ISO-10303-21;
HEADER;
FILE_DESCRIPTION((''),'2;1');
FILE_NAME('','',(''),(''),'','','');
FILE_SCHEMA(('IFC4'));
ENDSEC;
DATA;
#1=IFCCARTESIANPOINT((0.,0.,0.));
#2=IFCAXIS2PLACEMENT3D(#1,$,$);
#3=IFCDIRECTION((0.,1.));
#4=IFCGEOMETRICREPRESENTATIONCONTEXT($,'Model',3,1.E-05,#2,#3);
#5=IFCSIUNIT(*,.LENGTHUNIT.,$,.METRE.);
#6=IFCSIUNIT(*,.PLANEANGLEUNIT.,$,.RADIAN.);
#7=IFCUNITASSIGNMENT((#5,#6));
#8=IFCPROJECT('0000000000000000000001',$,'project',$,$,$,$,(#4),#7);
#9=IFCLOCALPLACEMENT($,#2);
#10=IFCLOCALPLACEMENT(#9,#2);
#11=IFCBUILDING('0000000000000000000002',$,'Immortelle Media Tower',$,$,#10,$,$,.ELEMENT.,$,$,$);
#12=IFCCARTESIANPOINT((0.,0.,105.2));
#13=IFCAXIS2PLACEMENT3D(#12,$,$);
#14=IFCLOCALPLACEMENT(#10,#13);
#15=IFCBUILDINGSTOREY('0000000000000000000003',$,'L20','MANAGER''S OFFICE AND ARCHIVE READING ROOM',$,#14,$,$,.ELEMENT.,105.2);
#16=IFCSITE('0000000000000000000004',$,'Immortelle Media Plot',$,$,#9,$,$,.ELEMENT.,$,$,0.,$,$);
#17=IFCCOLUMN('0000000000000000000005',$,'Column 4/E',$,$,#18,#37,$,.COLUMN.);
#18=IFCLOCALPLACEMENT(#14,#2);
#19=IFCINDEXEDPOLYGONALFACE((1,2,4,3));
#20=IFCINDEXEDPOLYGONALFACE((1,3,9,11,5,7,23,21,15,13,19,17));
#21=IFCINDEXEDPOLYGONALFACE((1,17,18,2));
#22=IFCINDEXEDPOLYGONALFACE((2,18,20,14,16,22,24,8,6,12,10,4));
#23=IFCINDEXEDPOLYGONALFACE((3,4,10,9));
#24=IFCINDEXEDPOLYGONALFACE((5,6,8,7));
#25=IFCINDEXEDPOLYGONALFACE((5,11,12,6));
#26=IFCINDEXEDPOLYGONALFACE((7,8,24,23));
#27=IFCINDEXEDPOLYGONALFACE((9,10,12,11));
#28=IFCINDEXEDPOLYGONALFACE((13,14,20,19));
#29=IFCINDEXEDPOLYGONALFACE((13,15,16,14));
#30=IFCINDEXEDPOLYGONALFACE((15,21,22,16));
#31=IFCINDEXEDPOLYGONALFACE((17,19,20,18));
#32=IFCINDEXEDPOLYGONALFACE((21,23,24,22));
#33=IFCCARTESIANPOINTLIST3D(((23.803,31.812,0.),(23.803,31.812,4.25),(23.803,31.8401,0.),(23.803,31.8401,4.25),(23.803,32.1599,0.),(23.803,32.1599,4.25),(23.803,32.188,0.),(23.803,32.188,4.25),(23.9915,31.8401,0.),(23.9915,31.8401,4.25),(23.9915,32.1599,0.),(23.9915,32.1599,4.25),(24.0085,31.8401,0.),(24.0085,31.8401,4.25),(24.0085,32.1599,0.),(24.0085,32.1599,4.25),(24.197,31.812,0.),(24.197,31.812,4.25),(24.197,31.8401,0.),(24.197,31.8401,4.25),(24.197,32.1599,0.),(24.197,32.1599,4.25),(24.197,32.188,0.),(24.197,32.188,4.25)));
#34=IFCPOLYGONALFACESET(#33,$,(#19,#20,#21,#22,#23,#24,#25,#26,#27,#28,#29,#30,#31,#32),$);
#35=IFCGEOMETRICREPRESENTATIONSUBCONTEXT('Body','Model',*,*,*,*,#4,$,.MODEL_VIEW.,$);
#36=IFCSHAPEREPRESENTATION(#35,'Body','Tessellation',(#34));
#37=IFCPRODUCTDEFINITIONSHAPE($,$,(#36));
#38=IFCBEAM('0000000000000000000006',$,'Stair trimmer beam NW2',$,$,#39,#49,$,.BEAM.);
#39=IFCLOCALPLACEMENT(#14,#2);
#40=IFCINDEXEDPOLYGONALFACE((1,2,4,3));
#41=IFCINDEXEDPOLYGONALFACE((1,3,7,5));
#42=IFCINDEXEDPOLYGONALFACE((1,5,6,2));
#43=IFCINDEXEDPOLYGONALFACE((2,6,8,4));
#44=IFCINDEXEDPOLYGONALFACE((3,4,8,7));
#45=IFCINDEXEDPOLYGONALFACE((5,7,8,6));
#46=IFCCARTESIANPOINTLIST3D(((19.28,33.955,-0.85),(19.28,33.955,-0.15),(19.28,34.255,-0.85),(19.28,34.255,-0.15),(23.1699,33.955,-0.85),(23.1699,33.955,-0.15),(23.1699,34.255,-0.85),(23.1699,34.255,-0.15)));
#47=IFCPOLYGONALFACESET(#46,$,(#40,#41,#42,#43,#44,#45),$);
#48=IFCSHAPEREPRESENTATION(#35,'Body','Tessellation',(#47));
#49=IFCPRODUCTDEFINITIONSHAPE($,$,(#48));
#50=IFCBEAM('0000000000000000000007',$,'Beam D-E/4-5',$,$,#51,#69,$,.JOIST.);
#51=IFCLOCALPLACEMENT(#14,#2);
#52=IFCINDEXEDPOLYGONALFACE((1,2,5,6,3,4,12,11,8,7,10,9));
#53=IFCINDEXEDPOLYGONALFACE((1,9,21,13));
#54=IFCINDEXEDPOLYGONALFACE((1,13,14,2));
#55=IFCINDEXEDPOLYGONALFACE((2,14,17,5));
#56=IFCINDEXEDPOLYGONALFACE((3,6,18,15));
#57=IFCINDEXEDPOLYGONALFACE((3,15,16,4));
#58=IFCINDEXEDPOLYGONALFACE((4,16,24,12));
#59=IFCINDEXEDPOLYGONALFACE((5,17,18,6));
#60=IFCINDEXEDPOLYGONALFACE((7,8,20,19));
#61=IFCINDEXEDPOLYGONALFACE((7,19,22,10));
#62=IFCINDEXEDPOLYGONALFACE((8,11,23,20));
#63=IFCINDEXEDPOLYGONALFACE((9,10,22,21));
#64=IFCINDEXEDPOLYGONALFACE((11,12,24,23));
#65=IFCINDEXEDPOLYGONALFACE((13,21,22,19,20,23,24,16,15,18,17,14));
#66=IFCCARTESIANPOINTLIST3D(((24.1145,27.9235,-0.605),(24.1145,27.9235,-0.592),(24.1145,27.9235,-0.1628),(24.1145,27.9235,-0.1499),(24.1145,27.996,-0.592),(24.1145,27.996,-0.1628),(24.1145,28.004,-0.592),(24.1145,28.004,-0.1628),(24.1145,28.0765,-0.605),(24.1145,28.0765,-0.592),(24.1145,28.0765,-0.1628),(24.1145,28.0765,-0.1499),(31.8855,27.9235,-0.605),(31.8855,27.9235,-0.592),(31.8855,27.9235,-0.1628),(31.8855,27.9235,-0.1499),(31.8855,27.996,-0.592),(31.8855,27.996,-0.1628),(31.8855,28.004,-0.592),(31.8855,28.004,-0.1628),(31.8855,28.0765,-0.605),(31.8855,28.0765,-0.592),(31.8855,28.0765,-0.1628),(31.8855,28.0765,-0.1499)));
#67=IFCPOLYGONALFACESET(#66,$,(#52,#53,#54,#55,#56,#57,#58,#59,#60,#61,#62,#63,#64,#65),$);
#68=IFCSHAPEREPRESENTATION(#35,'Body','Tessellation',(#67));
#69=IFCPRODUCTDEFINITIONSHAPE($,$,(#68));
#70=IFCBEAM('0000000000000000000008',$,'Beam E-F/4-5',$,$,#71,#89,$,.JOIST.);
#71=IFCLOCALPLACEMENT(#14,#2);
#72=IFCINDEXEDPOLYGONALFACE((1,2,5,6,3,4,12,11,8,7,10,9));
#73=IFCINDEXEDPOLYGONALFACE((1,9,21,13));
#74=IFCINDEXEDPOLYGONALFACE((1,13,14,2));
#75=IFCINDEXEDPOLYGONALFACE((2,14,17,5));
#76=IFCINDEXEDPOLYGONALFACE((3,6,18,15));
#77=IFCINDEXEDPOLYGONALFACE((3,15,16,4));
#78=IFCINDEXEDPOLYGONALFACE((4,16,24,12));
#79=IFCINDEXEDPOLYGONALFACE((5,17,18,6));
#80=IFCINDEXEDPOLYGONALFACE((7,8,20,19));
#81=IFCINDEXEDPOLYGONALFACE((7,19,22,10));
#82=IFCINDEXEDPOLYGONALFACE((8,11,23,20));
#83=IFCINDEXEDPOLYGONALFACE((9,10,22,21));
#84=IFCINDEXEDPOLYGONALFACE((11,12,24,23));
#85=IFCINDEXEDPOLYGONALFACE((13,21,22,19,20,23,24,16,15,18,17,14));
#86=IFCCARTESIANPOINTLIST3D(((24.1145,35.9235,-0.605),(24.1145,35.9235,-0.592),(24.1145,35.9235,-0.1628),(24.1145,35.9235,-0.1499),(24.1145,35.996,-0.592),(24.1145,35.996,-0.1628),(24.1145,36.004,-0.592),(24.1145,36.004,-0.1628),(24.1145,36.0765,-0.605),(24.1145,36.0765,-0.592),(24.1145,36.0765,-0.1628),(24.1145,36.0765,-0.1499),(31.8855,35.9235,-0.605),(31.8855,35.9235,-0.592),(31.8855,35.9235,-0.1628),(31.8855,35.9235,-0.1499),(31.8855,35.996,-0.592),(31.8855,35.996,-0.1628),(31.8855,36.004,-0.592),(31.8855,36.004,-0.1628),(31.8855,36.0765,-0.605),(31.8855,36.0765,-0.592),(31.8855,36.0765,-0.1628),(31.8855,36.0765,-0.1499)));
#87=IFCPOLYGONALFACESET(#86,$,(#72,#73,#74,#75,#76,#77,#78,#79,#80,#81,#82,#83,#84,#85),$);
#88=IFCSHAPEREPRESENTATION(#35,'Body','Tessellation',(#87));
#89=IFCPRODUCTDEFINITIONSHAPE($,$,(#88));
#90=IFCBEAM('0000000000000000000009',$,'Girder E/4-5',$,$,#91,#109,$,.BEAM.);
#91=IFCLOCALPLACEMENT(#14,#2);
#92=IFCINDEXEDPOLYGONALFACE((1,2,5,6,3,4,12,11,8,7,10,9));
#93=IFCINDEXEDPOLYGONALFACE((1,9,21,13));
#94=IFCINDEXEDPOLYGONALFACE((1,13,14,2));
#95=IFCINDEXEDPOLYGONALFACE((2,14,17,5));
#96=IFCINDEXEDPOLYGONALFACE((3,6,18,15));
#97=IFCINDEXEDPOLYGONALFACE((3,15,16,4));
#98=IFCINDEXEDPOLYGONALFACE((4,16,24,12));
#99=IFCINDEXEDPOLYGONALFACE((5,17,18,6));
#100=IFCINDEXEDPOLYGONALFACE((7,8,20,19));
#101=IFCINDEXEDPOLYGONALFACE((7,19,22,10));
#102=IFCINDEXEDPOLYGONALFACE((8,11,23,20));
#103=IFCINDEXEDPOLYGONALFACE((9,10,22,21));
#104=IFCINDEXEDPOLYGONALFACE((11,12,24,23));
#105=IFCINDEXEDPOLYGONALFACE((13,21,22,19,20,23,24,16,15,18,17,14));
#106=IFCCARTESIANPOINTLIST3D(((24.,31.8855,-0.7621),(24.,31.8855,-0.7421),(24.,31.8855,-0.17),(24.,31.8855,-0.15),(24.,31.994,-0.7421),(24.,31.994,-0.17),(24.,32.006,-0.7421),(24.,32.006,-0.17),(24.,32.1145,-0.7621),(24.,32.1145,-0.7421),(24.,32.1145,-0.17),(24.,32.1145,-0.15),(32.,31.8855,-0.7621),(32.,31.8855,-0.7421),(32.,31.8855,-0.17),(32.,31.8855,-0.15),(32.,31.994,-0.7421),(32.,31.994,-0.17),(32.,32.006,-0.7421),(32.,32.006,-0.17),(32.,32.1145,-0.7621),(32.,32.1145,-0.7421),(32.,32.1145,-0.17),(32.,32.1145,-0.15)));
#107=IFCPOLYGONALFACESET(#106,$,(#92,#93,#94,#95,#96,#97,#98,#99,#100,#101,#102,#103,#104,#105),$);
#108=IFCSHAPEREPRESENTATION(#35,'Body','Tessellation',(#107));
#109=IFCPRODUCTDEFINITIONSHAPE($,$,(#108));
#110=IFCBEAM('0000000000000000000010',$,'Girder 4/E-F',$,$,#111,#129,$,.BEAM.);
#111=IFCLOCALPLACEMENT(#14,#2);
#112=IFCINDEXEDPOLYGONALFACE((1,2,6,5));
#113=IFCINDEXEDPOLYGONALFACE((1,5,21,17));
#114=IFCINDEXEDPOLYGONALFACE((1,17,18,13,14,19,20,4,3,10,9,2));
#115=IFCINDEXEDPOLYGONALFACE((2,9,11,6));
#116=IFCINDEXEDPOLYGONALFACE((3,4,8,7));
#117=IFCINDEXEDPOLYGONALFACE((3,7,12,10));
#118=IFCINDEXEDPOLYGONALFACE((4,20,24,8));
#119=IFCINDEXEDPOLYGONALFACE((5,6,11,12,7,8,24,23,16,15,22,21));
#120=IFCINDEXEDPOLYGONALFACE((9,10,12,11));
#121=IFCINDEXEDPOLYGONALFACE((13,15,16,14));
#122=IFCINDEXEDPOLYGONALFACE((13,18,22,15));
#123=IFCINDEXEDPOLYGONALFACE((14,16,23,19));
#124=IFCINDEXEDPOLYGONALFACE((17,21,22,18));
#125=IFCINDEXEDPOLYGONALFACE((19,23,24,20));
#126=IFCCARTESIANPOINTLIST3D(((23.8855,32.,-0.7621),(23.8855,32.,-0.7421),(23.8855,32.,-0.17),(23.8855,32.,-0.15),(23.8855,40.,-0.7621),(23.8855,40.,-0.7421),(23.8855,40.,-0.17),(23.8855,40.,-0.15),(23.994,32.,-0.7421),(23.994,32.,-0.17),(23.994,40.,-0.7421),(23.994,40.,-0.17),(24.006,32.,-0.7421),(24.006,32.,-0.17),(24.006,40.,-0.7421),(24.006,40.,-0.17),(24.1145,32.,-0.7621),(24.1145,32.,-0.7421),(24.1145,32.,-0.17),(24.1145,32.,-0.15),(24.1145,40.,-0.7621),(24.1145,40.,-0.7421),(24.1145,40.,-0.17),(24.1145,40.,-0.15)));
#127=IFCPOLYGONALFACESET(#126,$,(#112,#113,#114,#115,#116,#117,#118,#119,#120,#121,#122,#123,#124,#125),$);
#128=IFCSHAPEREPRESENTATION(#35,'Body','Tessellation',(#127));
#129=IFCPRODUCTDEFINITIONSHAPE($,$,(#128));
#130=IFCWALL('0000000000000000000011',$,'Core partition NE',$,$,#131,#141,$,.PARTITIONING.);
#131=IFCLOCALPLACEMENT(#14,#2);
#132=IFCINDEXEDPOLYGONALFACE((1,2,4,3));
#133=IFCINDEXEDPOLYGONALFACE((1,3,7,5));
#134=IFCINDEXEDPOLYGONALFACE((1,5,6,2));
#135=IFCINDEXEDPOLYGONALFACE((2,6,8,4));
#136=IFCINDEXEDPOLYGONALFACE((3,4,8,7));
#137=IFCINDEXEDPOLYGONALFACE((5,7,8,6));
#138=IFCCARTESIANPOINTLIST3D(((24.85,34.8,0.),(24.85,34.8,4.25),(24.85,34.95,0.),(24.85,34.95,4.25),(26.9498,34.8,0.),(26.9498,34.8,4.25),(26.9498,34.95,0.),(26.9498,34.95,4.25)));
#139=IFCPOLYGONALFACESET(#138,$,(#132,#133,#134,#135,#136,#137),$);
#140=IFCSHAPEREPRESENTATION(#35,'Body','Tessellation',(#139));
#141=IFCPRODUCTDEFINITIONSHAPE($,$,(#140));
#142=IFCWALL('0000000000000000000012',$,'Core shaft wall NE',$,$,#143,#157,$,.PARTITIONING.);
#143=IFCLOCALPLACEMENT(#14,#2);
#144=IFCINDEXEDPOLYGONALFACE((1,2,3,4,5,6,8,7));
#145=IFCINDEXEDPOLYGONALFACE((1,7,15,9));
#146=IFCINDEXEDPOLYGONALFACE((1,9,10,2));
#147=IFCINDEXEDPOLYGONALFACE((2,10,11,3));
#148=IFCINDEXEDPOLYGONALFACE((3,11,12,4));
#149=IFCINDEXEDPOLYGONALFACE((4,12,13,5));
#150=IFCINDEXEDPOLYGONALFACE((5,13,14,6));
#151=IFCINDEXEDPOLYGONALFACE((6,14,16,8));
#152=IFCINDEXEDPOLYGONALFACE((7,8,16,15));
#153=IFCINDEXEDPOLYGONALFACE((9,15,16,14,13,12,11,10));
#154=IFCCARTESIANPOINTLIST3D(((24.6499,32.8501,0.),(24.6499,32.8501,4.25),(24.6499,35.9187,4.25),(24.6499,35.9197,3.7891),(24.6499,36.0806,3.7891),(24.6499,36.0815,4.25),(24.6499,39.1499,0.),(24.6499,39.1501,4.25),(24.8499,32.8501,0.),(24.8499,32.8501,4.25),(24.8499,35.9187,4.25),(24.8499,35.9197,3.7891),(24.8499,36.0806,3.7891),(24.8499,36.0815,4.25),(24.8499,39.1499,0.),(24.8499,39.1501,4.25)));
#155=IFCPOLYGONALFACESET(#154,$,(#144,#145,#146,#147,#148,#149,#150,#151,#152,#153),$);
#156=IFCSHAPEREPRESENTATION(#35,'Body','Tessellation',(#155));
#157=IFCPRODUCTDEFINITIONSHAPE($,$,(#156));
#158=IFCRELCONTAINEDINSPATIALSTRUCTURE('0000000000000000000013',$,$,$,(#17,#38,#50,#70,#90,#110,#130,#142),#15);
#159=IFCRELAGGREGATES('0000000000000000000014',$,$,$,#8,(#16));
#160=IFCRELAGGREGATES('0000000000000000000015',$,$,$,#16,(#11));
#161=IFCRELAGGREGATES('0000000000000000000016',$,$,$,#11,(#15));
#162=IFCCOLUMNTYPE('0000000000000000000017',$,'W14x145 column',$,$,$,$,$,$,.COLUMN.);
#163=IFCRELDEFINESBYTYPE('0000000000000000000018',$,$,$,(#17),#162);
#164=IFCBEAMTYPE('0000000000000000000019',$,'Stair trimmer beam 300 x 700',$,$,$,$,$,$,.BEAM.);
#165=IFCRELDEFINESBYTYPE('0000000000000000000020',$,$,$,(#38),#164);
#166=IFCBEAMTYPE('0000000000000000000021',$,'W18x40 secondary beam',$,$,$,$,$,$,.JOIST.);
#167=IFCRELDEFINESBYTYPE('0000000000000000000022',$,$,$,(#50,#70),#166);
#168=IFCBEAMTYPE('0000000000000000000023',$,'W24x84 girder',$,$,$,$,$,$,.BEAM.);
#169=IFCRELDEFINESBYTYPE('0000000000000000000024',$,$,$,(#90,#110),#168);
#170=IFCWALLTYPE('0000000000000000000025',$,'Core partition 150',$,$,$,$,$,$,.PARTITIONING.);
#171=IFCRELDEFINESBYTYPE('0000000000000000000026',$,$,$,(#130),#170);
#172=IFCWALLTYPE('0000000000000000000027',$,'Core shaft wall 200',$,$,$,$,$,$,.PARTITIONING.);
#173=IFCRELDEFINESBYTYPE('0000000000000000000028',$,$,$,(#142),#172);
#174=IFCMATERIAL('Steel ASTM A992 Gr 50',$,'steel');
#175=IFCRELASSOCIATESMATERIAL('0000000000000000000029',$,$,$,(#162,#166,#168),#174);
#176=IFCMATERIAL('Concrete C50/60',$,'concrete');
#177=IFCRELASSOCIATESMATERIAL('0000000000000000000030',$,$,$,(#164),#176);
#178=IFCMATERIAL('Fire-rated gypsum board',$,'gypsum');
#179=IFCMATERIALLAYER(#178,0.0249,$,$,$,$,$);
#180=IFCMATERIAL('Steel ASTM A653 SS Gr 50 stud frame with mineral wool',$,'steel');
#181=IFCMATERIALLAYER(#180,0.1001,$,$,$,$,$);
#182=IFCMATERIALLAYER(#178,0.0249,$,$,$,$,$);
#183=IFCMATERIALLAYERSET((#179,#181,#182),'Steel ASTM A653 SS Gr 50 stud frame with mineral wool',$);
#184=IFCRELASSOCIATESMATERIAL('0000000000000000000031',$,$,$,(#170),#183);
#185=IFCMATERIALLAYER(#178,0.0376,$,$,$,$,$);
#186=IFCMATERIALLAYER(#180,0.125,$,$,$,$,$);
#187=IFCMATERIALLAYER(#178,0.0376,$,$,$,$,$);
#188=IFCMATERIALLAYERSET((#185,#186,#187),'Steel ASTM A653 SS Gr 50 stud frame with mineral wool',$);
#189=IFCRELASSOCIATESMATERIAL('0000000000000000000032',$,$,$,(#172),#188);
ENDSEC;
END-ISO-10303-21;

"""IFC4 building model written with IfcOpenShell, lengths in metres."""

from ifc_helpers import new_model, si_unit, direction, frame, frame_2d, origin, origin_2d, place, context, subcontext, project, spatial, polyline, rectangle, i_section, outline, extrude, material, layer, layer_set, material_profile, profile_set, type_object, element, save


model = new_model("IFC4")

# Units and contexts
model_context = context("Model", 3, precision=1e-05, world=origin(), true_north=direction((0.0, 1.0)))
body_context = subcontext(model_context, "Body", "Model", "MODEL_VIEW")
ifc_project = project(units=[si_unit("LENGTHUNIT", "METRE"), si_unit("PLANEANGLEUNIT", "RADIAN")], contexts=[model_context])

# Site, building, storey
site_placement = place(None, origin())
site = spatial("IfcSite", under=ifc_project, at=site_placement, Name="Immortelle Media Plot", CompositionType="ELEMENT", RefElevation=0.0)
building_placement = place(site_placement, origin())
building = spatial("IfcBuilding", under=site, at=building_placement, Name="Immortelle Media Tower", CompositionType="ELEMENT")
storey_placement = place(building_placement, frame((0.0, 0.0, 105.2)))
storey = spatial("IfcBuildingStorey", under=building, at=storey_placement, Name="L20", Description="MANAGER'S OFFICE AND ARCHIVE READING ROOM", CompositionType="ELEMENT", Elevation=105.2)

# Column
ifc_material_1 = material(Name="Steel ASTM A992 Gr 50", Category="steel")
ifc_material_profile_1 = material_profile(ifc_material_1, i_section(OverallWidth=0.394, OverallDepth=0.376, WebThickness=0.0171, FlangeThickness=0.0281, at=origin_2d()), Name="W14x145")
ifc_profile_set_1 = profile_set([ifc_material_profile_1], Name="Steel ASTM A992 Gr 50")
column_type = type_object("IfcColumnType", Name="W14x145 column", PredefinedType="COLUMN", material=ifc_profile_set_1)
column_placement = place(storey_placement, frame((24.0, 32.0, 0.0), z_axis=(0.0, 0.0, 1.0), x_axis=(1.0, 0.0, 0.0)))
element("IfcColumn", 1, at=column_placement, inside=storey, type_object=column_type, Name="Column 4/E", PredefinedType="COLUMN", context=body_context, shape_type="SweptSolid", body=[
    extrude(i_section(OverallWidth=0.394, OverallDepth=0.376, WebThickness=0.0171, FlangeThickness=0.0281, at=origin_2d()), origin(), (0.0, 0.0, 1.0), 4.25),
])

# Beams
ifc_material_2 = material(Name="Concrete C50/60", Category="concrete")
ifc_material_profile_2 = material_profile(ifc_material_2, rectangle(XDim=0.3, YDim=0.7, at=origin_2d()), Name="RC 300x700")
ifc_profile_set_2 = profile_set([ifc_material_profile_2], Name="Concrete C50/60")
beam_type_1 = type_object("IfcBeamType", Name="Stair trimmer beam 300 x 700", PredefinedType="BEAM", material=ifc_profile_set_2)
beam_placement = place(storey_placement, frame((19.28, 34.105, -0.5), z_axis=(1.0, 0.0, 0.0), x_axis=(0.0, 1.0, 0.0)))
element("IfcBeam", 2, at=beam_placement, inside=storey, type_object=beam_type_1, Name="Stair trimmer beam NW2", PredefinedType="BEAM", context=body_context, shape_type="SweptSolid", body=[
    extrude(rectangle(XDim=0.3, YDim=0.7, at=origin_2d()), origin(), (0.0, 0.0, 1.0), 3.8899),
])
ifc_material_profile_3 = material_profile(ifc_material_1, i_section(OverallWidth=0.1531, OverallDepth=0.4551, WebThickness=0.0081, FlangeThickness=0.0129, at=origin_2d()), Name="W18x40")
ifc_profile_set_3 = profile_set([ifc_material_profile_3], Name="Steel ASTM A992 Gr 50")
beam_type_2 = type_object("IfcBeamType", Name="W18x40 secondary beam", PredefinedType="JOIST", material=ifc_profile_set_3)
for number, where, z_axis, x_axis, name in (
    (3, (24.1145, 28.0, -0.3774), (1.0, 0.0, 0.0), (0.0, 1.0, 0.0), "Beam D-E/4-5"),
    (4, (24.1145, 36.0, -0.3774), (1.0, 0.0, 0.0), (0.0, 1.0, 0.0), "Beam E-F/4-5"),
):
    element("IfcBeam", number, at=place(storey_placement, frame(where, z_axis=z_axis, x_axis=x_axis)), inside=storey, type_object=beam_type_2, Name=name, PredefinedType="JOIST", context=body_context, shape_type="SweptSolid", body=[
        extrude(i_section(OverallWidth=0.1531, OverallDepth=0.4551, WebThickness=0.0081, FlangeThickness=0.0129, at=origin_2d()), origin(), (0.0, 0.0, 1.0), 7.771),
    ])
ifc_material_profile_4 = material_profile(ifc_material_1, i_section(OverallWidth=0.229, OverallDepth=0.6121, WebThickness=0.012, FlangeThickness=0.02, at=origin_2d()), Name="W24x84")
ifc_profile_set_4 = profile_set([ifc_material_profile_4], Name="Steel ASTM A992 Gr 50")
beam_type_3 = type_object("IfcBeamType", Name="W24x84 girder", PredefinedType="BEAM", material=ifc_profile_set_4)
for number, where, z_axis, x_axis, name in (
    (5, (24.0, 32.0, -0.4561), (1.0, 0.0, 0.0), (0.0, 1.0, 0.0), "Girder E/4-5"),
    (6, (24.0, 32.0, -0.4561), (0.0, 1.0, 0.0), (-1.0, 0.0, 0.0), "Girder 4/E-F"),
):
    element("IfcBeam", number, at=place(storey_placement, frame(where, z_axis=z_axis, x_axis=x_axis)), inside=storey, type_object=beam_type_3, Name=name, PredefinedType="BEAM", context=body_context, shape_type="SweptSolid", body=[
        extrude(i_section(OverallWidth=0.229, OverallDepth=0.6121, WebThickness=0.012, FlangeThickness=0.02, at=origin_2d()), origin(), (0.0, 0.0, 1.0), 8.0),
    ])

# Walls
ifc_material_3 = material(Name="Fire-rated gypsum board", Category="gypsum")
ifc_layer_1 = layer(ifc_material_3, 0.0249)
ifc_material_4 = material(Name="Steel ASTM A653 SS Gr 50 stud frame with mineral wool", Category="steel")
ifc_layer_2 = layer(ifc_material_4, 0.1001)
ifc_layer_3 = layer(ifc_material_3, 0.0249)
ifc_layer_set_1 = layer_set([ifc_layer_1, ifc_layer_2, ifc_layer_3], Name="Steel ASTM A653 SS Gr 50 stud frame with mineral wool")
wall_type_1 = type_object("IfcWallType", Name="Core partition 150", PredefinedType="PARTITIONING", material=ifc_layer_set_1)
wall_1_placement = place(storey_placement, frame((24.8501, 34.875, 0.0), z_axis=(0.0, 0.0, 1.0), x_axis=(1.0, 0.0, 0.0)))
element("IfcWall", 7, at=wall_1_placement, inside=storey, type_object=wall_type_1, Name="Core partition NE", PredefinedType="PARTITIONING", context=body_context, shape_type="SweptSolid", body=[
    extrude(rectangle(XDim=2.0999, YDim=0.1499, at=frame_2d((1.0498, 0.0))), origin(), (0.0, 0.0, 1.0), 4.25),
])
ifc_layer_4 = layer(ifc_material_3, 0.0376)
ifc_layer_5 = layer(ifc_material_4, 0.125)
ifc_layer_6 = layer(ifc_material_3, 0.0376)
ifc_layer_set_2 = layer_set([ifc_layer_4, ifc_layer_5, ifc_layer_6], Name="Steel ASTM A653 SS Gr 50 stud frame with mineral wool")
wall_type_2 = type_object("IfcWallType", Name="Core shaft wall 200", PredefinedType="PARTITIONING", material=ifc_layer_set_2)
wall_2_placement = place(storey_placement, frame((24.75, 32.8501, 0.0), z_axis=(0.0, 0.0, 1.0), x_axis=(0.0, 1.0, 0.0)))
element("IfcWall", 8, at=wall_2_placement, inside=storey, type_object=wall_type_2, Name="Core shaft wall NE", PredefinedType="PARTITIONING", context=body_context, shape_type="SweptSolid", body=[
    extrude(outline(polyline([(0.0, 0.0), (6.2998, 0.0), (6.3, 4.25), (3.2314, 4.25), (3.2305, 3.7891), (3.0696, 3.7891), (3.0686, 4.25), (0.0, 4.25), (0.0, 0.0)])), frame((0.0, 0.1001, 0.0), z_axis=(0.0, -1.0, 0.0), x_axis=(1.0, 0.0, 0.0)), (0.0, 0.0, 1.0), 0.2),
])

save(model, "model.ifc")
